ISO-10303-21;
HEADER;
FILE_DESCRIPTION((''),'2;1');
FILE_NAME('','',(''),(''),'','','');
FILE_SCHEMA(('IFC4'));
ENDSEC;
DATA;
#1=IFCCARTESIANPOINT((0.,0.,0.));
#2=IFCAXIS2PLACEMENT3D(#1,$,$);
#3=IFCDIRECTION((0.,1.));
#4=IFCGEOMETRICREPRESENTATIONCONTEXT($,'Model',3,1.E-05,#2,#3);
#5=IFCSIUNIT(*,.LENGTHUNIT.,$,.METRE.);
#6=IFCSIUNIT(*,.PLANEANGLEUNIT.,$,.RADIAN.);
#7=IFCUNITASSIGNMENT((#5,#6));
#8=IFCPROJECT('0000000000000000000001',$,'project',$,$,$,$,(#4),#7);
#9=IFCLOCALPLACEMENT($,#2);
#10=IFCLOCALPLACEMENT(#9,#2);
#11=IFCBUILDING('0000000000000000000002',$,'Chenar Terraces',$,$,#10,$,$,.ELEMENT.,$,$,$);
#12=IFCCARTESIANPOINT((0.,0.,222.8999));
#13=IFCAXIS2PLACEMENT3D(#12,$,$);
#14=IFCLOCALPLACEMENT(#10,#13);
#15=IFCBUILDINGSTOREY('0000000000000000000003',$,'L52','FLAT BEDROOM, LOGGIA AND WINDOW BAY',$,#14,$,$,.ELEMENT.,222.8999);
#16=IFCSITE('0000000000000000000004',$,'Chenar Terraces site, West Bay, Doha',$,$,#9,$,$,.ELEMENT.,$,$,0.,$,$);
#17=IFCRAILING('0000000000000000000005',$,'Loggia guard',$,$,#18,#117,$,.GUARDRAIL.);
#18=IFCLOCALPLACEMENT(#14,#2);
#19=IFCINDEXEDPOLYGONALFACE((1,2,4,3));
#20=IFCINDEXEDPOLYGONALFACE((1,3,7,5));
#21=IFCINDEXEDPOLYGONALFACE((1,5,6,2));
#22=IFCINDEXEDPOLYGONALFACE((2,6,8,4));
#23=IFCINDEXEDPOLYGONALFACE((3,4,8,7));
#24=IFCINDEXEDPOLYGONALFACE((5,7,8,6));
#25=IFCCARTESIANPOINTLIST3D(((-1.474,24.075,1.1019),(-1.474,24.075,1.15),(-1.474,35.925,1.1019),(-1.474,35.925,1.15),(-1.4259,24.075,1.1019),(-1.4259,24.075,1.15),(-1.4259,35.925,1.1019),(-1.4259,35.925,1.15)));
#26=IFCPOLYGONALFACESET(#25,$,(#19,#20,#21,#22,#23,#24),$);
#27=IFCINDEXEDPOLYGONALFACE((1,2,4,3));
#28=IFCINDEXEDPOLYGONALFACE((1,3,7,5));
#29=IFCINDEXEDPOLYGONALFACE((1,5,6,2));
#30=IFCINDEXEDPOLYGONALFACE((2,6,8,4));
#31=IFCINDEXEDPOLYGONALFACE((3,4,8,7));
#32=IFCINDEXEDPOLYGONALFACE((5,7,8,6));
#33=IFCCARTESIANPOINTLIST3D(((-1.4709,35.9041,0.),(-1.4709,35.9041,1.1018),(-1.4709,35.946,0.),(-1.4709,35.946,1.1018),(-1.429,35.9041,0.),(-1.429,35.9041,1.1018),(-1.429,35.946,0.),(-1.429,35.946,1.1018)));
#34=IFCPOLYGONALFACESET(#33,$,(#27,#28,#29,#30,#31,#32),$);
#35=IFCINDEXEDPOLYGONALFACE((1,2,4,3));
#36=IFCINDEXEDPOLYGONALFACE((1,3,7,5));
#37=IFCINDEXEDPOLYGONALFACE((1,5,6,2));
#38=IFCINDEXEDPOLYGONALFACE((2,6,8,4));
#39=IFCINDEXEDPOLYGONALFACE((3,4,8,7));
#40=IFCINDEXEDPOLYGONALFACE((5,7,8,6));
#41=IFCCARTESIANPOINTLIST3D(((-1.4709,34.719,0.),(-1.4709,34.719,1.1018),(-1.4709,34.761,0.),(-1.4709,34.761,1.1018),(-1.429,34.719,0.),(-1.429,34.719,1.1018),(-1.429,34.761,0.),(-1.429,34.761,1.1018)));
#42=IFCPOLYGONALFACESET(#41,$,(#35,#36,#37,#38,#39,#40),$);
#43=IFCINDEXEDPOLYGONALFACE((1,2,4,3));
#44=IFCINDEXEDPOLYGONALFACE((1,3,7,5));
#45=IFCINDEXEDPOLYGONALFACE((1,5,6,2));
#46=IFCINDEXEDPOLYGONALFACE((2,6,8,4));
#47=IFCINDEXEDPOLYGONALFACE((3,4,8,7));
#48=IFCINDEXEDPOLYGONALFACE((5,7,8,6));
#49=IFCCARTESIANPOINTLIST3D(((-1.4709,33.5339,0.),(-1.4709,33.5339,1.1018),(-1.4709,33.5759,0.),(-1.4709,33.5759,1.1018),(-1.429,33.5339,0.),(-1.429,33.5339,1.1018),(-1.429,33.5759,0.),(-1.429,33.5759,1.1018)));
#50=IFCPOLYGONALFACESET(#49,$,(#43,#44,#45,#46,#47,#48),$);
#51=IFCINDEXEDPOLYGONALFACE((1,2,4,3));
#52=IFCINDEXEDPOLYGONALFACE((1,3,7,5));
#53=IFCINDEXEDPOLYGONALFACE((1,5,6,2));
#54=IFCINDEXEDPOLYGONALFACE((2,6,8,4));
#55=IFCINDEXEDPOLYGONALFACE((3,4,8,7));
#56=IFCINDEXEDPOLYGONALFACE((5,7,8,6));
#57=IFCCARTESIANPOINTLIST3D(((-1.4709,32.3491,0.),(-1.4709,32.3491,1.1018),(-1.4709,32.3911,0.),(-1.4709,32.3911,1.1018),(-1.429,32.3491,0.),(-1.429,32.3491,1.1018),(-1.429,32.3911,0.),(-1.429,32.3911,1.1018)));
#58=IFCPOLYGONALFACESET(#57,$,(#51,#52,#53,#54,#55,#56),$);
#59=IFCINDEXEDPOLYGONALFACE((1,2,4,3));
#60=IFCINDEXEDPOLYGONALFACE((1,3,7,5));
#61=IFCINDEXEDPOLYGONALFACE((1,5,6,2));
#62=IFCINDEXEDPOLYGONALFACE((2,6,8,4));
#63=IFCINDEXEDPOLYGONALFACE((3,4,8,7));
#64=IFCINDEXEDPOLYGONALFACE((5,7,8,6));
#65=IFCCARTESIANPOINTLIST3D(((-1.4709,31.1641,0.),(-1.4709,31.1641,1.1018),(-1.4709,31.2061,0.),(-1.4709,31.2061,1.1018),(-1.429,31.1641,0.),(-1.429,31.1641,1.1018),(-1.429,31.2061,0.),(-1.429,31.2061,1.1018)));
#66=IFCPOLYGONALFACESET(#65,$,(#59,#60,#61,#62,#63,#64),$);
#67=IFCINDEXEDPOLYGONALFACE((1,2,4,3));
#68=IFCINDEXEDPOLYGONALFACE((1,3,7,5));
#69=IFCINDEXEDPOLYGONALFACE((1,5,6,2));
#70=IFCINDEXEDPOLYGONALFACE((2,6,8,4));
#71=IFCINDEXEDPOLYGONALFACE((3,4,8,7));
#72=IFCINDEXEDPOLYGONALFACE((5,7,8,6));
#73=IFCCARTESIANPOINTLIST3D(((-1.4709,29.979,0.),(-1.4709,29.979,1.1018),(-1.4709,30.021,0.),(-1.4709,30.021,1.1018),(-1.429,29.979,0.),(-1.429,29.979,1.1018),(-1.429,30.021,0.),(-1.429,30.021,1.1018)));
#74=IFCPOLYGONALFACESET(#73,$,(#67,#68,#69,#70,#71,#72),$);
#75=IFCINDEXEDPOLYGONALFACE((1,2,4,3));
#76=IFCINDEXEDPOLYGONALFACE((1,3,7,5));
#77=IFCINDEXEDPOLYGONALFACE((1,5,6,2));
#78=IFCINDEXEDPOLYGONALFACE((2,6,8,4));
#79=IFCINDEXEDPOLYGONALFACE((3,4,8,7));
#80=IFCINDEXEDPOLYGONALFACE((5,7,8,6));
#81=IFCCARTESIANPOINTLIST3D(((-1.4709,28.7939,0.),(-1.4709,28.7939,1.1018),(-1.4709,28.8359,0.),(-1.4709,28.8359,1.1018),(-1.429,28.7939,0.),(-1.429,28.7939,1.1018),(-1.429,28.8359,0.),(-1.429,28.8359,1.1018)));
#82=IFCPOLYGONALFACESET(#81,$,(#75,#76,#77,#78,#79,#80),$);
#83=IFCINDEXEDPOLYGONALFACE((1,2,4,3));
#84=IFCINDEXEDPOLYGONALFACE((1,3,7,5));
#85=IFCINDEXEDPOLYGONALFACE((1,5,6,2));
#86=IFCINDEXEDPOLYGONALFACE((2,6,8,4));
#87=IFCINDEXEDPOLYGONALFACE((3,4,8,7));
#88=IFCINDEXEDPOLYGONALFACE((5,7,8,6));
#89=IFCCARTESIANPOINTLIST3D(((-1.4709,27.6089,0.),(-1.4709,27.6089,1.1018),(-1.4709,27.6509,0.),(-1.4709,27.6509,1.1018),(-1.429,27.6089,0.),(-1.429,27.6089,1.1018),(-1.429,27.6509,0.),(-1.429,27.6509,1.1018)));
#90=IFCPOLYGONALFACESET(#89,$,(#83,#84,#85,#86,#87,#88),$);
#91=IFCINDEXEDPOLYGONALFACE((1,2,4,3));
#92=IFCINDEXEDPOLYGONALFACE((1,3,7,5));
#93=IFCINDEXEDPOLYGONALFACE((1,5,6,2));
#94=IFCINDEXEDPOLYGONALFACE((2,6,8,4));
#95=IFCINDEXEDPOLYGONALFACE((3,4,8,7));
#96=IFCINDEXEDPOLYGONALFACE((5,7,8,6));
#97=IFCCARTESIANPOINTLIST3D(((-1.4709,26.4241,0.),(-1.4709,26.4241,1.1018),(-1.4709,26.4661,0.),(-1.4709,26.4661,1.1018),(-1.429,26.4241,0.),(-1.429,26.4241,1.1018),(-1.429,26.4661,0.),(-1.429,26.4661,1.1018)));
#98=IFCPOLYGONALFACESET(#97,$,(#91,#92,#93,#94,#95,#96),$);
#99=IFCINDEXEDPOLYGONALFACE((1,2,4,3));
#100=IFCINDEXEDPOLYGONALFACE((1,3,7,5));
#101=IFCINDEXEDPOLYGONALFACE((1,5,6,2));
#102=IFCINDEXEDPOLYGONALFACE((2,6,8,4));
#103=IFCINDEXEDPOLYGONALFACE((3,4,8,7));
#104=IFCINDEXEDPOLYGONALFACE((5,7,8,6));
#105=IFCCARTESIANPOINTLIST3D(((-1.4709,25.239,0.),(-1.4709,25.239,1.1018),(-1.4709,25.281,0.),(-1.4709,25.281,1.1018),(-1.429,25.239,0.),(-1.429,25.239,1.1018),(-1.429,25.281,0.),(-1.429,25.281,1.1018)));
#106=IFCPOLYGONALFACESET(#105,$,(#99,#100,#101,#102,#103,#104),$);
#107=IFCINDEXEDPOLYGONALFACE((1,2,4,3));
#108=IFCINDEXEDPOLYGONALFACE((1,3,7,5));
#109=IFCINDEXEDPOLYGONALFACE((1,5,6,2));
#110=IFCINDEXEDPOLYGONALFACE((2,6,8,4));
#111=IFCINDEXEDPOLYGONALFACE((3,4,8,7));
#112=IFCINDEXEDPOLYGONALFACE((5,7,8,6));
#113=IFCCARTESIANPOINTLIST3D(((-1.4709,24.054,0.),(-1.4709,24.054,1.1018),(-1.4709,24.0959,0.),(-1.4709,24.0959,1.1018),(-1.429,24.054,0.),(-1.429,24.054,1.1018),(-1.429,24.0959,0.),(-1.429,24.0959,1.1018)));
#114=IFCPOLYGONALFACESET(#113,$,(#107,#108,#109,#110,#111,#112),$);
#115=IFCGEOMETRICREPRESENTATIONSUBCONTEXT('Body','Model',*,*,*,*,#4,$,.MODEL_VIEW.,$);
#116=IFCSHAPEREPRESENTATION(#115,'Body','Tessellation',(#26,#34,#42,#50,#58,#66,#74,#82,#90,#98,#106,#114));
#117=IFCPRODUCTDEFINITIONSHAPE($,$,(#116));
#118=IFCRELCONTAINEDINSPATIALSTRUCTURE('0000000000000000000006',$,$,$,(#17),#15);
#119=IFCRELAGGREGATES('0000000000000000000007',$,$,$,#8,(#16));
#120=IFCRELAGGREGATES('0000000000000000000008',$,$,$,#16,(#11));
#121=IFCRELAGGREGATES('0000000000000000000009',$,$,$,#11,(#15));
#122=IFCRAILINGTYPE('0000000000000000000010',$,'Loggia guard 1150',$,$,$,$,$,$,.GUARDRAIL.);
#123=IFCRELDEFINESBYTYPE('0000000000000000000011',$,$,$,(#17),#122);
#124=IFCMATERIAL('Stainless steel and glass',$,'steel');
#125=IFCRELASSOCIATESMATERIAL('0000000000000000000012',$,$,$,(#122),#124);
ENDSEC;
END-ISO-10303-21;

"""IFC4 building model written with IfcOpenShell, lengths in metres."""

from ifc_helpers import new_model, si_unit, direction, frame, origin, origin_2d, place, context, subcontext, project, spatial, rectangle, extrude, material, type_object, element, save


model = new_model("IFC4")

# Units and contexts
model_context = context("Model", 3, precision=1e-05, world=origin(), true_north=direction((0.0, 1.0)))
body_context = subcontext(model_context, "Body", "Model", "MODEL_VIEW")
ifc_project = project(units=[si_unit("LENGTHUNIT", "METRE"), si_unit("PLANEANGLEUNIT", "RADIAN")], contexts=[model_context])

# Site, building, storey
site_placement = place(None, origin())
site = spatial("IfcSite", under=ifc_project, at=site_placement, Name="Chenar Terraces site, West Bay, Doha", CompositionType="ELEMENT", RefElevation=0.0)
building_placement = place(site_placement, origin())
building = spatial("IfcBuilding", under=site, at=building_placement, Name="Chenar Terraces", CompositionType="ELEMENT")
storey_placement = place(building_placement, frame((0.0, 0.0, 222.8999)))
storey = spatial("IfcBuildingStorey", under=building, at=storey_placement, Name="L52", Description="FLAT BEDROOM, LOGGIA AND WINDOW BAY", CompositionType="ELEMENT", Elevation=222.8999)

# Railing
ifc_material_1 = material(Name="Stainless steel and glass", Category="steel")
railing_type_1 = type_object("IfcRailingType", Name="Loggia guard 1150", PredefinedType="GUARDRAIL", material=ifc_material_1)
railing_1_placement = place(storey_placement, frame((-1.45, 35.925, 0.0)))
element("IfcRailing", 1, at=railing_1_placement, inside=storey, type_object=railing_type_1, Name="Loggia guard", PredefinedType="GUARDRAIL", context=body_context, shape_type="SweptSolid", body=[
    extrude(rectangle(XDim=0.0481, YDim=0.0481, at=origin_2d()), frame((0.0, 0.0, 1.126), z_axis=(0.0, -1.0, 0.0), x_axis=(1.0, 0.0, 0.0)), (0.0, 0.0, 1.0), 11.8501),
    extrude(rectangle(XDim=0.042, YDim=0.042, at=origin_2d()), origin(), (0.0, 0.0, 1.0), 1.1018),
    extrude(rectangle(XDim=0.042, YDim=0.042, at=origin_2d()), frame((0.0, -1.1851, 0.0)), (0.0, 0.0, 1.0), 1.1018),
    extrude(rectangle(XDim=0.042, YDim=0.042, at=origin_2d()), frame((0.0, -2.3701, 0.0)), (0.0, 0.0, 1.0), 1.1018),
    extrude(rectangle(XDim=0.042, YDim=0.042, at=origin_2d()), frame((0.0, -3.5549, 0.0)), (0.0, 0.0, 1.0), 1.1018),
    extrude(rectangle(XDim=0.042, YDim=0.042, at=origin_2d()), frame((0.0, -4.74, 0.0)), (0.0, 0.0, 1.0), 1.1018),
    extrude(rectangle(XDim=0.042, YDim=0.042, at=origin_2d()), frame((0.0, -5.925, 0.0)), (0.0, 0.0, 1.0), 1.1018),
    extrude(rectangle(XDim=0.042, YDim=0.042, at=origin_2d()), frame((0.0, -7.1101, 0.0)), (0.0, 0.0, 1.0), 1.1018),
    extrude(rectangle(XDim=0.042, YDim=0.042, at=origin_2d()), frame((0.0, -8.2952, 0.0)), (0.0, 0.0, 1.0), 1.1018),
    extrude(rectangle(XDim=0.042, YDim=0.042, at=origin_2d()), frame((0.0, -9.48, 0.0)), (0.0, 0.0, 1.0), 1.1018),
    extrude(rectangle(XDim=0.042, YDim=0.042, at=origin_2d()), frame((0.0, -10.665, 0.0)), (0.0, 0.0, 1.0), 1.1018),
    extrude(rectangle(XDim=0.042, YDim=0.042, at=origin_2d()), frame((0.0, -11.8501, 0.0)), (0.0, 0.0, 1.0), 1.1018),
])

save(model, "model.ifc")
